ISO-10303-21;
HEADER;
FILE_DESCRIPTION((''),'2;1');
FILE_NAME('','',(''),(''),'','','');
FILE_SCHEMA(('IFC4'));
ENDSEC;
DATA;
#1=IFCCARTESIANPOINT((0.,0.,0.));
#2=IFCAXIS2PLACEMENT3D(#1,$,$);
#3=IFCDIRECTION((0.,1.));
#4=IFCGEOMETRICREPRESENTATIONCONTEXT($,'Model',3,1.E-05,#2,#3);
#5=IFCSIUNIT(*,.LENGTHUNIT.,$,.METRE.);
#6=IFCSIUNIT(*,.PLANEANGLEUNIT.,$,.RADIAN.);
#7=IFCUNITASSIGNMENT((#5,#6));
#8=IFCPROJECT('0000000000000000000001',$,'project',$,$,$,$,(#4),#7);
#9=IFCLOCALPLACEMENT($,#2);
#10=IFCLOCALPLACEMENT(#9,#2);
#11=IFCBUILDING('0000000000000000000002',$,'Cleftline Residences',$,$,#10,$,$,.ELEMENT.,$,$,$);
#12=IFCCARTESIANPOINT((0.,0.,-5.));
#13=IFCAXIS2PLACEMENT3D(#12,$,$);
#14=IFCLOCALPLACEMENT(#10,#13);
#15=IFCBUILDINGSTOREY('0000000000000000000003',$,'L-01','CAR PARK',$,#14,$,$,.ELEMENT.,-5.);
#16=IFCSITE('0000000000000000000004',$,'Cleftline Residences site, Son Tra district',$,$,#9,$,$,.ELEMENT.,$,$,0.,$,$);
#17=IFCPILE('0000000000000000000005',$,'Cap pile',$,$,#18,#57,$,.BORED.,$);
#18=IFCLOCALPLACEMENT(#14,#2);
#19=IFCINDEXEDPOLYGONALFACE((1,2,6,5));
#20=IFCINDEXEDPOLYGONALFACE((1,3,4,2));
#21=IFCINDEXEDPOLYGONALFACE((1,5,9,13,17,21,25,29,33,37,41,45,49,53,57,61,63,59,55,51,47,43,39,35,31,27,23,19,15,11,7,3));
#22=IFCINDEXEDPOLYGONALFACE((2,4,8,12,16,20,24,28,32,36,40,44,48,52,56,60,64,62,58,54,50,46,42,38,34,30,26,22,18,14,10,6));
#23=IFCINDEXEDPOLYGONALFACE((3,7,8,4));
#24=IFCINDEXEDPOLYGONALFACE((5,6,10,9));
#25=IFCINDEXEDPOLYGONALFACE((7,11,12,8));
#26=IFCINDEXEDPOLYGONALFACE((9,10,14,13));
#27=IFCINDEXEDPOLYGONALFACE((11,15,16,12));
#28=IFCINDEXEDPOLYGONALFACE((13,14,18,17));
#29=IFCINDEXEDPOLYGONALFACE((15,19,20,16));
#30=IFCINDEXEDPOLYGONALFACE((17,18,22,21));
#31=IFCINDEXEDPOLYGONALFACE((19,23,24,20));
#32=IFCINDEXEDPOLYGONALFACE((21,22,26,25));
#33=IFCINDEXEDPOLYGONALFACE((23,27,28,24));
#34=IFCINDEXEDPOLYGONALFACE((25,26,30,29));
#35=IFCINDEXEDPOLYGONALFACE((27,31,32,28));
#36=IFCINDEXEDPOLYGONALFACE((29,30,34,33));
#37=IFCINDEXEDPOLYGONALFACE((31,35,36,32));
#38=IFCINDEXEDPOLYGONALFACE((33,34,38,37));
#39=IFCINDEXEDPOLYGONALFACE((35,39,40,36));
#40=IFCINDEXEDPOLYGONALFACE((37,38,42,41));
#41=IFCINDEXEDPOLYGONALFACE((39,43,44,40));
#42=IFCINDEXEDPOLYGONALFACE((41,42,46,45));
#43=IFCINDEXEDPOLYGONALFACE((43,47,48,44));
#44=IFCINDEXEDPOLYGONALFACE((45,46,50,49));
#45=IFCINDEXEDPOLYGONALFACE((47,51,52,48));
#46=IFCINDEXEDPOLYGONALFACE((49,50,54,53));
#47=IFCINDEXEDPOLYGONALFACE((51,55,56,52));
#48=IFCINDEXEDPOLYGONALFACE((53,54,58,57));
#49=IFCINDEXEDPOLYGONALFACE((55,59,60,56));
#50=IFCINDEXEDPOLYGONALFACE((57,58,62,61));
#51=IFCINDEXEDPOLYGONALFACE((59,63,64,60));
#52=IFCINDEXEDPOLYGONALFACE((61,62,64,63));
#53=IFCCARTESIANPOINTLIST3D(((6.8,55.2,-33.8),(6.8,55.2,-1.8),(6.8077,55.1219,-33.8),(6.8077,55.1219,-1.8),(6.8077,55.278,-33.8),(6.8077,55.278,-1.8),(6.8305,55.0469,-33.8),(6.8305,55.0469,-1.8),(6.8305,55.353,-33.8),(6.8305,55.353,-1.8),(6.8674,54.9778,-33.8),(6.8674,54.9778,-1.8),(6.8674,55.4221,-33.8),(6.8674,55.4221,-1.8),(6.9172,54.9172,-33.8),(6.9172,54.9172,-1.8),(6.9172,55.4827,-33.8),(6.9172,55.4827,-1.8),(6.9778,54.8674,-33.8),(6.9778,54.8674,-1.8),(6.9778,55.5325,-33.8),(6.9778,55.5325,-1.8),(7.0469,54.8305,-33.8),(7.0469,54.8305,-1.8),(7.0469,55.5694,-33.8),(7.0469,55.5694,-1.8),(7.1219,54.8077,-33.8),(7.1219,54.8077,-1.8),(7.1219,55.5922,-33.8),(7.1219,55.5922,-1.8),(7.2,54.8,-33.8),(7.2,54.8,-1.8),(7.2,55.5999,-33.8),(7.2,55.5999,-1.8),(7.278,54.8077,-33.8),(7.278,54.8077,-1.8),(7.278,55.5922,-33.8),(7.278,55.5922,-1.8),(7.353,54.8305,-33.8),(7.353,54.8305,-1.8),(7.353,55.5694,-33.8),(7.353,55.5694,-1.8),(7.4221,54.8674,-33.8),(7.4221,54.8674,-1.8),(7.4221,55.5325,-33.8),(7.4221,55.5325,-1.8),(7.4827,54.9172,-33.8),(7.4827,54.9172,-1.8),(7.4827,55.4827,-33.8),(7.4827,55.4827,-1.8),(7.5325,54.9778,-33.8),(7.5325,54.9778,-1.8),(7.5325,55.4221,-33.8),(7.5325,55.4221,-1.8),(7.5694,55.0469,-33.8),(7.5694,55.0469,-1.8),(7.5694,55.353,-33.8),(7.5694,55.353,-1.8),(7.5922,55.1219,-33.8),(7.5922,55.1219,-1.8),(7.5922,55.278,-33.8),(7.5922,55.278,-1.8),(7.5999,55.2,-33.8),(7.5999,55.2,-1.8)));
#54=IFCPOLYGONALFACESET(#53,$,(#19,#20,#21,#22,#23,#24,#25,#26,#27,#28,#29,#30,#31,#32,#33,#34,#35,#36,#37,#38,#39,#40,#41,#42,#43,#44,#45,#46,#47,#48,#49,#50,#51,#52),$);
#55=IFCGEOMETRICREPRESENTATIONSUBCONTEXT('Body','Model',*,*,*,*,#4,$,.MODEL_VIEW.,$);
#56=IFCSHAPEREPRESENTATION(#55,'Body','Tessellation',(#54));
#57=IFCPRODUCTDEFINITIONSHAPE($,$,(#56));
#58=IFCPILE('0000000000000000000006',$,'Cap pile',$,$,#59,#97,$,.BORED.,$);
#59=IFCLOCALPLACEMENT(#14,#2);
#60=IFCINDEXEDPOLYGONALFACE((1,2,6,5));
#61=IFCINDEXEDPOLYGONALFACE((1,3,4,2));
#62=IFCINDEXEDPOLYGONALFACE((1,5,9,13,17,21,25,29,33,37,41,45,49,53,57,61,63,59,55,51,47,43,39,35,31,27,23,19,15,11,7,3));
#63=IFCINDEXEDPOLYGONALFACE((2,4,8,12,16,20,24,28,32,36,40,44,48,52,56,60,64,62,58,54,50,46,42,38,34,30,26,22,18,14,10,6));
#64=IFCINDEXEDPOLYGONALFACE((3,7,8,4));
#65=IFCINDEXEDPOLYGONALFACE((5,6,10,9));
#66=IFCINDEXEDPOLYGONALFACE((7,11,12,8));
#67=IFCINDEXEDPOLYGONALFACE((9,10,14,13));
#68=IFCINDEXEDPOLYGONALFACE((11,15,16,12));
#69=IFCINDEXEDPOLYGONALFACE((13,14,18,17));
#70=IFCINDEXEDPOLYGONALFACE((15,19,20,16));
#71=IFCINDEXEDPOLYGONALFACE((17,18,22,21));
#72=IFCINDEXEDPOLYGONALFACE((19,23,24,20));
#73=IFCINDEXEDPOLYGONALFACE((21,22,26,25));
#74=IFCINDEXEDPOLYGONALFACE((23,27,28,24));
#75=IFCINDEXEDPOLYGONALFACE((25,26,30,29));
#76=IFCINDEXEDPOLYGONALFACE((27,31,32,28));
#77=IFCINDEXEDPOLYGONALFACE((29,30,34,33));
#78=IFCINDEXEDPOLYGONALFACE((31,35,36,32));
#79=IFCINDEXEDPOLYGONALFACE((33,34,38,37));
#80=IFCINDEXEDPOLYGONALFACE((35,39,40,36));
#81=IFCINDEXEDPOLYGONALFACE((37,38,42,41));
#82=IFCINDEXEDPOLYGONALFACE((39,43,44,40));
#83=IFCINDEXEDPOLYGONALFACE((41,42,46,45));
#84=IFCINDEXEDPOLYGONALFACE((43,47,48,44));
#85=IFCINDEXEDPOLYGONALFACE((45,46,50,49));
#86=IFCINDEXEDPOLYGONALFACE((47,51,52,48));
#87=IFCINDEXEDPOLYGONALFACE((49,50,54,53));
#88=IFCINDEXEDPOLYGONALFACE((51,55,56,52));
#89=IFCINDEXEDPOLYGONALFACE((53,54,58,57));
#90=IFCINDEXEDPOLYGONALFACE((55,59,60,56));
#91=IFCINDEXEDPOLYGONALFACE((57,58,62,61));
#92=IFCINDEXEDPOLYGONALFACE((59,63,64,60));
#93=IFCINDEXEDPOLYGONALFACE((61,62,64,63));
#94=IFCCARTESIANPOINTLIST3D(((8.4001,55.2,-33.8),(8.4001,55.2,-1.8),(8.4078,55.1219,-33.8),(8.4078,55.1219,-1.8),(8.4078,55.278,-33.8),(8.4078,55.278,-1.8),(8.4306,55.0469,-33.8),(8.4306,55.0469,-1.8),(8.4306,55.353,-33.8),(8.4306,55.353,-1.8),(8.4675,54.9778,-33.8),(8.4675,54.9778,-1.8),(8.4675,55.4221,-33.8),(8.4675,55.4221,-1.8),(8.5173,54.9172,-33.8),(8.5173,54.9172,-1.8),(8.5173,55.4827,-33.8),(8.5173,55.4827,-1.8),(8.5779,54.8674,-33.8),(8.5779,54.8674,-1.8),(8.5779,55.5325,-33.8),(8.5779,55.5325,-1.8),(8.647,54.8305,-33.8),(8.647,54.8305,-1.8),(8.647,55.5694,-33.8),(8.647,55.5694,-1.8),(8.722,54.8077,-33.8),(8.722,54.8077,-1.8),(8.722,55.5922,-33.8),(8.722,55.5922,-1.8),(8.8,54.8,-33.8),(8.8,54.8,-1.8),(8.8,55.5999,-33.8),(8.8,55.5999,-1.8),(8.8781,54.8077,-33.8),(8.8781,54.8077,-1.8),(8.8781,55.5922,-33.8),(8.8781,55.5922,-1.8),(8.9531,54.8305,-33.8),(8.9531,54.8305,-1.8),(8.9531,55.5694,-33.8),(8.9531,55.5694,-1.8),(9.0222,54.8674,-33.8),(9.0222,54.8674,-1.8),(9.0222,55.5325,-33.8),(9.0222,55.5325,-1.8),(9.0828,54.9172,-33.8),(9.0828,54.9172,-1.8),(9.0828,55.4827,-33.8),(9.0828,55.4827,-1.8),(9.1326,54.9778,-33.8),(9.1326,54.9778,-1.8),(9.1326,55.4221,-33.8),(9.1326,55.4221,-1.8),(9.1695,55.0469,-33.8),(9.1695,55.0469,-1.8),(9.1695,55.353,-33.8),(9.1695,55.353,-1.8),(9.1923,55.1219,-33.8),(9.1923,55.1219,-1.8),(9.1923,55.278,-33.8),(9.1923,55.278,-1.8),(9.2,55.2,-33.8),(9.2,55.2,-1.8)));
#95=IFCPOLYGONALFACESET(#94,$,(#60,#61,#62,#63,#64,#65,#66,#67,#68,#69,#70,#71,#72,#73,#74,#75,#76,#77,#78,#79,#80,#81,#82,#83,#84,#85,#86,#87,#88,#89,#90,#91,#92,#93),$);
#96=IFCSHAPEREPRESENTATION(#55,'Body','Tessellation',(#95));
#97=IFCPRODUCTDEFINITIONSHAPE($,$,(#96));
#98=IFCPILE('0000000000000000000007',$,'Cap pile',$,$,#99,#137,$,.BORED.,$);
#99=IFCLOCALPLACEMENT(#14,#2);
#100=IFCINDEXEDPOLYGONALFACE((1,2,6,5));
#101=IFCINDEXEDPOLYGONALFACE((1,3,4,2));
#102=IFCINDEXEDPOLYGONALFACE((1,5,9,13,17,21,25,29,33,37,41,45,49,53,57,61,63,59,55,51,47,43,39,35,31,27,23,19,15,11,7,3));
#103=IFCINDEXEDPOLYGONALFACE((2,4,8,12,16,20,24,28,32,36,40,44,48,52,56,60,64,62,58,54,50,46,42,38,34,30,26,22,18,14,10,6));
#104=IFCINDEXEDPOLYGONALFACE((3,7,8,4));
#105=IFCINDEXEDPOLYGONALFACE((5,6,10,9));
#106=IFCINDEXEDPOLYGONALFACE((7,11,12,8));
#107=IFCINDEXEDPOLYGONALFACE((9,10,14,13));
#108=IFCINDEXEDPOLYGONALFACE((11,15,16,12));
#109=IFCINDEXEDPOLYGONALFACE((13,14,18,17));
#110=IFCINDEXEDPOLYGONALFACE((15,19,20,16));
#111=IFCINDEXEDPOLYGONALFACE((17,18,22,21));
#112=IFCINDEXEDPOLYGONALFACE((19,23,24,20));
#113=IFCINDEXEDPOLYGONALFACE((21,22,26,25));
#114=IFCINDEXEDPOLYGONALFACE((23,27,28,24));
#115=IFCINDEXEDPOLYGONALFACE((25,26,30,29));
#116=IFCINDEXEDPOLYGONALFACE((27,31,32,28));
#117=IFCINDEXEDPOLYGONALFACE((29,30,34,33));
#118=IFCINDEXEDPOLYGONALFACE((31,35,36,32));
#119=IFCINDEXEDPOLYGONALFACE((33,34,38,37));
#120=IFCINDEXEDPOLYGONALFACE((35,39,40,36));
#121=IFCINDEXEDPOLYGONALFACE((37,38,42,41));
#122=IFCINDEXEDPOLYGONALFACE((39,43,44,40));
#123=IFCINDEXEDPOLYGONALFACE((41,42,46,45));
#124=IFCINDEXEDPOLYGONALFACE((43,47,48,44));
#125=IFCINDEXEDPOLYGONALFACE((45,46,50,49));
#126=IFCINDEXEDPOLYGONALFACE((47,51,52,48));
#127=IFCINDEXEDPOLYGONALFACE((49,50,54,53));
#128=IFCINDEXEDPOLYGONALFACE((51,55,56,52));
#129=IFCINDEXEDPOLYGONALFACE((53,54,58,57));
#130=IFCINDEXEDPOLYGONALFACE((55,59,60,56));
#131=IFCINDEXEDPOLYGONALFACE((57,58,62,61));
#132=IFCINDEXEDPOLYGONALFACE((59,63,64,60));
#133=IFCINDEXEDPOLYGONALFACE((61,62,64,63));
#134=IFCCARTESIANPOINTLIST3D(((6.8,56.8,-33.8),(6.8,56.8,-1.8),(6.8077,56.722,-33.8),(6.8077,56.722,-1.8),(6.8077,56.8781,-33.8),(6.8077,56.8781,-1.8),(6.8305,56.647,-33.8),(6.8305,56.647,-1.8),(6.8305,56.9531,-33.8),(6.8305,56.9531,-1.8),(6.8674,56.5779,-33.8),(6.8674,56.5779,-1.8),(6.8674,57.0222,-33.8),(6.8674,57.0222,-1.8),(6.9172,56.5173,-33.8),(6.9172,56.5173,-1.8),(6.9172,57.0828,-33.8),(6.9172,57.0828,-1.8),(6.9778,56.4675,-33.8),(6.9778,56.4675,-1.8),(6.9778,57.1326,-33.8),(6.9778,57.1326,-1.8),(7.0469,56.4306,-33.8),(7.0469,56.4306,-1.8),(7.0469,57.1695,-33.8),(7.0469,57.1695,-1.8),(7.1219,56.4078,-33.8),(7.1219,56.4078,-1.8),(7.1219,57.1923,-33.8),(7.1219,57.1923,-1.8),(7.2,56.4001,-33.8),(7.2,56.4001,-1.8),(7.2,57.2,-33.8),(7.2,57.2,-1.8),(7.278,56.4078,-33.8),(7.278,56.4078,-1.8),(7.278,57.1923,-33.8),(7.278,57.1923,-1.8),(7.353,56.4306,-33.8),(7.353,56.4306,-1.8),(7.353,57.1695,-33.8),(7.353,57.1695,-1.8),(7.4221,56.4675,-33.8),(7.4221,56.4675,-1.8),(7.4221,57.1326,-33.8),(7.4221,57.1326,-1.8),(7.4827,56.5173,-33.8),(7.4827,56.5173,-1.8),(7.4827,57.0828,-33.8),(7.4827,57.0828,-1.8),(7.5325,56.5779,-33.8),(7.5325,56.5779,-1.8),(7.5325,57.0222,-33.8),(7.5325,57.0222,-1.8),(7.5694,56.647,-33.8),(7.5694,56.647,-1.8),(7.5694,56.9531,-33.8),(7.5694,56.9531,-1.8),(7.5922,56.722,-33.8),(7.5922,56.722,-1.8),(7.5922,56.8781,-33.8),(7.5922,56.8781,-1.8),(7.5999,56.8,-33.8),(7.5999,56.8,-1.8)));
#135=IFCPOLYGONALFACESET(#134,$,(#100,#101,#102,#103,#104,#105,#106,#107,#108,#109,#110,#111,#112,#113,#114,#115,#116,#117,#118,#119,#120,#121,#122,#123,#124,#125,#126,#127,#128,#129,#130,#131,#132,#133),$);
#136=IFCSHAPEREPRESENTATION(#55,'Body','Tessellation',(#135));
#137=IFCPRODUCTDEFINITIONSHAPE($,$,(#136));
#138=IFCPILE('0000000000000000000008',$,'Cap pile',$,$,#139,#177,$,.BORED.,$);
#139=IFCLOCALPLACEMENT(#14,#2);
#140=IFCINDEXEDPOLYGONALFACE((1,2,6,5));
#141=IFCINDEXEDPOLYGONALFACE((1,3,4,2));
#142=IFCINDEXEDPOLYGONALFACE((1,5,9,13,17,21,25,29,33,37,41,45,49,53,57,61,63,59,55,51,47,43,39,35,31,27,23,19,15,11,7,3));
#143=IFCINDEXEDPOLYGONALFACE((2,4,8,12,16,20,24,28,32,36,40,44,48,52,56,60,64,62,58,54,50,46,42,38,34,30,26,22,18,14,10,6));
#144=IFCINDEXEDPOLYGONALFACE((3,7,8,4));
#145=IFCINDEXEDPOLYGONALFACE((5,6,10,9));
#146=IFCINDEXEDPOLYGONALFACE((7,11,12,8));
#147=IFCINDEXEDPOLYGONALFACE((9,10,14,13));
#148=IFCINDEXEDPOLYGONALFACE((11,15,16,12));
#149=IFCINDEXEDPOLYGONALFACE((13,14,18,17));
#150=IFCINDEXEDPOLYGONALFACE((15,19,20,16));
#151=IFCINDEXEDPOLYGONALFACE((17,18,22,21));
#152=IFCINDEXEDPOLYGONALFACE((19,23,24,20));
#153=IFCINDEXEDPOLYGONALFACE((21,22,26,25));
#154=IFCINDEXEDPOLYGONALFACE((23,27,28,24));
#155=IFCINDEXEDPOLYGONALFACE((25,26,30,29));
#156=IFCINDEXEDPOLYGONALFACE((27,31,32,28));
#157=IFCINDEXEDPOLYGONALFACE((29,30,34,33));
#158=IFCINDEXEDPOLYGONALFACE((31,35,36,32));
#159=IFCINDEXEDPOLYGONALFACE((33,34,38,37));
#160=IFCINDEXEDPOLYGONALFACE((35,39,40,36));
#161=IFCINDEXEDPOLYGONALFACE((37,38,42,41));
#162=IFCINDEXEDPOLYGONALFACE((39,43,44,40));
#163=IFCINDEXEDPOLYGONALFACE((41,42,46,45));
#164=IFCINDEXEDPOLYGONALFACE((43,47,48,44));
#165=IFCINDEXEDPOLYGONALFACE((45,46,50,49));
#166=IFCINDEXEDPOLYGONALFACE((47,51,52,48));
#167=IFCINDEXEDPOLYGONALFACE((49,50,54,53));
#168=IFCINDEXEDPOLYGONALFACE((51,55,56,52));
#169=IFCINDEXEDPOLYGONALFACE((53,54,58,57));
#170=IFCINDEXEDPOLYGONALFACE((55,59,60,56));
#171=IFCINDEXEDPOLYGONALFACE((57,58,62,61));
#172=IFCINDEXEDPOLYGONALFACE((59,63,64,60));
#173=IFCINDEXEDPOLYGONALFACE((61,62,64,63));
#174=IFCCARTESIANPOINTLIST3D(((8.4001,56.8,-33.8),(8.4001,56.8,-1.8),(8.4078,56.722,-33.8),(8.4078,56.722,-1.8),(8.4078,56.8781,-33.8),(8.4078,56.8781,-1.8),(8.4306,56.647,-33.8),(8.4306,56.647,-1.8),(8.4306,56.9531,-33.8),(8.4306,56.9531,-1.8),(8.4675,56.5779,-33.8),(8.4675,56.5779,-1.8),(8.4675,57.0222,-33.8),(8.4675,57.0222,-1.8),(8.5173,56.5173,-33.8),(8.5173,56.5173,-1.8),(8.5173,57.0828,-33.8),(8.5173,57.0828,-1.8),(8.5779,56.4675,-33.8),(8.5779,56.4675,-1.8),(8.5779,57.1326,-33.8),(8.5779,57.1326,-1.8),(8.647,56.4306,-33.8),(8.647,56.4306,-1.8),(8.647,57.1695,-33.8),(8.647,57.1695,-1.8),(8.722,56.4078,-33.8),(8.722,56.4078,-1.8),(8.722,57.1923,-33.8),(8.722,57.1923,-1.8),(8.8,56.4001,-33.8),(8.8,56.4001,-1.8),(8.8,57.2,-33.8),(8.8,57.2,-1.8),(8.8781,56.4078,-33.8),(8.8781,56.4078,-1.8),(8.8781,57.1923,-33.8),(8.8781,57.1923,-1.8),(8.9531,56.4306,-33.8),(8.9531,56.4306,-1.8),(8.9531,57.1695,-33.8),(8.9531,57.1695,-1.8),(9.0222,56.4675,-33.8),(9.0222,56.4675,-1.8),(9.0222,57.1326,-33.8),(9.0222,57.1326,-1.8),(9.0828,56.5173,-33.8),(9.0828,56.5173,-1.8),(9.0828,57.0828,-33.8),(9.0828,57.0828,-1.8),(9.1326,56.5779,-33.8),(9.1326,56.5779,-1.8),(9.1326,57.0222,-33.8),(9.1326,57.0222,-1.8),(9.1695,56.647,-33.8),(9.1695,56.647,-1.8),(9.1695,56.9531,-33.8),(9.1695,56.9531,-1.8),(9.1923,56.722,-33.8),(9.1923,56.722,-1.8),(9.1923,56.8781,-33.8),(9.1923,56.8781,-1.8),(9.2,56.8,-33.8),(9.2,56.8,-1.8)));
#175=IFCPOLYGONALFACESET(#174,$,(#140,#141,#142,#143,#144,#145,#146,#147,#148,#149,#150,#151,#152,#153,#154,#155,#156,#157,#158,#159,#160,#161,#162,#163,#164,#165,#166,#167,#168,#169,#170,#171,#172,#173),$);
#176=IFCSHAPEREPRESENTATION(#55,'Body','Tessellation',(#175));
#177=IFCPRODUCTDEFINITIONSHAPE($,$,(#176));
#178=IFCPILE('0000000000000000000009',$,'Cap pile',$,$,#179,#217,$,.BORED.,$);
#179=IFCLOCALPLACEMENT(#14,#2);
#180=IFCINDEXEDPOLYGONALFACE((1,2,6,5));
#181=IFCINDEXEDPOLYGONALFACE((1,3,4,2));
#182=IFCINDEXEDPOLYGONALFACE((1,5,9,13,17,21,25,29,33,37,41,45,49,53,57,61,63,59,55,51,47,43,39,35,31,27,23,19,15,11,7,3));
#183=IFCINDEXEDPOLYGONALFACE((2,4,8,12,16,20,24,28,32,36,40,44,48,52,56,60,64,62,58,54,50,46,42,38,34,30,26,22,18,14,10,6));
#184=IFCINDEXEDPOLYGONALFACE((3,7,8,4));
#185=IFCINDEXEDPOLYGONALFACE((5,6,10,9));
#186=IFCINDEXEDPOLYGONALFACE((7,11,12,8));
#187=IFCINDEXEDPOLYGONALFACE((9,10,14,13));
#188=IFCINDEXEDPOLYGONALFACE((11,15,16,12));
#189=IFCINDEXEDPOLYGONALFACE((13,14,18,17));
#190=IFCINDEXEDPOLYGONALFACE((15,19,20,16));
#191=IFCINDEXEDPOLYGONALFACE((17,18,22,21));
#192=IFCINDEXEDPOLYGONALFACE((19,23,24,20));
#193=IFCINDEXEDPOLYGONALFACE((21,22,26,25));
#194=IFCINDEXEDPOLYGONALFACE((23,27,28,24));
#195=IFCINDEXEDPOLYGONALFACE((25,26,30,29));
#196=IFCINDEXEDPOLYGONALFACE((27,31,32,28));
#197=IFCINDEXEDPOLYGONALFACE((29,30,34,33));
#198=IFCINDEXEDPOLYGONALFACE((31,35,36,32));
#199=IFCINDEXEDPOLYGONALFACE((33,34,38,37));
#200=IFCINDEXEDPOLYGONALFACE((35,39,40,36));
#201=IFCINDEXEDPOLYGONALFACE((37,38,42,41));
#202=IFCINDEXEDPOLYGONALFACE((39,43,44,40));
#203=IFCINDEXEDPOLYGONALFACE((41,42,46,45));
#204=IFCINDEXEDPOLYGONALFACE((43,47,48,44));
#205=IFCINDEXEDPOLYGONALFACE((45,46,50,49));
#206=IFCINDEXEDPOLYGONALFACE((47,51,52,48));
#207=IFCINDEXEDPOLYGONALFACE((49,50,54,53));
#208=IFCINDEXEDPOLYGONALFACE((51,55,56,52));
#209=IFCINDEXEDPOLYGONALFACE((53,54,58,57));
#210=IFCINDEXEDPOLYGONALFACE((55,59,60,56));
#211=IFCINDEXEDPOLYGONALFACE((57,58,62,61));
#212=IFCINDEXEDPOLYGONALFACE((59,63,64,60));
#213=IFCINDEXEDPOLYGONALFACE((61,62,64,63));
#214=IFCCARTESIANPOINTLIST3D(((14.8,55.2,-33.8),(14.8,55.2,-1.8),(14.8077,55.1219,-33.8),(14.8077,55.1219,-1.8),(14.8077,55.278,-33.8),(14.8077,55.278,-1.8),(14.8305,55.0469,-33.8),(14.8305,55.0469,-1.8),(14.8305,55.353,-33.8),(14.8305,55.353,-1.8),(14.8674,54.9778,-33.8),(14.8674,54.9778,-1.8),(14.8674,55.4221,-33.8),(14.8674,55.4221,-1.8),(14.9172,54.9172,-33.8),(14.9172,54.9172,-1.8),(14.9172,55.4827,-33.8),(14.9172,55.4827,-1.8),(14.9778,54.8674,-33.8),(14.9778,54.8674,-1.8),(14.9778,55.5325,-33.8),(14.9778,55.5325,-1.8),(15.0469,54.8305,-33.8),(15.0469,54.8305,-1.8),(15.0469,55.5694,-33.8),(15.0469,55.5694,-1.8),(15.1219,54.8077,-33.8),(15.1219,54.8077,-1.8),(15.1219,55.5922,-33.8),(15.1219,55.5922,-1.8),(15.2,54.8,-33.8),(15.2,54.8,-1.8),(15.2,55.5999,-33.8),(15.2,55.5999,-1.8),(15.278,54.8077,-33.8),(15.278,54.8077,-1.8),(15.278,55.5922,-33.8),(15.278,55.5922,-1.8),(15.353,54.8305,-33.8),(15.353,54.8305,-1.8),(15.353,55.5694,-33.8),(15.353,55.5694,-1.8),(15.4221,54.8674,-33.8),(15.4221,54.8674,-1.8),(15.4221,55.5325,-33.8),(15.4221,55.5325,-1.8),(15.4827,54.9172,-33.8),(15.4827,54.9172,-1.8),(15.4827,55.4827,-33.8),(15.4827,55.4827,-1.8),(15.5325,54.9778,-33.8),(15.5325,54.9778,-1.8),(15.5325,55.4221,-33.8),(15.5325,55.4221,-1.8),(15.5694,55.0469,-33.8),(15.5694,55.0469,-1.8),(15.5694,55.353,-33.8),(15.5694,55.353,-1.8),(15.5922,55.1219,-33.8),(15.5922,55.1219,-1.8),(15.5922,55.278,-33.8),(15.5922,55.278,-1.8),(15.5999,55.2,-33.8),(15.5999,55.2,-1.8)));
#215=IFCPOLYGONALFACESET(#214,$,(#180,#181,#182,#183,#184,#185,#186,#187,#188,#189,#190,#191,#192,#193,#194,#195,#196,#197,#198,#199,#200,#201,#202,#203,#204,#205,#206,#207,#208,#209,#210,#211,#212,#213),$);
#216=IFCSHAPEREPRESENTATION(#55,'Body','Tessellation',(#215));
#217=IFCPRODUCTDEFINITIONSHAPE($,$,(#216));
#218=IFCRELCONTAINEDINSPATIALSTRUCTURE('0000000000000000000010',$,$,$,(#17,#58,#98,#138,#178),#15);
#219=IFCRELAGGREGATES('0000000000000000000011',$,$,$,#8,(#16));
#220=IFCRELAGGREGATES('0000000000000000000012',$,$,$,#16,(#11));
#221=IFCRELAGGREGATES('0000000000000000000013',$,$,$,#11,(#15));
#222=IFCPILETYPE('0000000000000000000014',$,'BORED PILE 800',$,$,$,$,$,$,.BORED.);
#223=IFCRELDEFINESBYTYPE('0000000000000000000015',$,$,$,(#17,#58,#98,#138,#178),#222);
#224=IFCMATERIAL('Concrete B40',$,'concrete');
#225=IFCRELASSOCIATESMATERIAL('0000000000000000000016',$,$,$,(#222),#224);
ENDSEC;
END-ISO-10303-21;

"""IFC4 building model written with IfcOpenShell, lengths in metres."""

from ifc_helpers import new_model, si_unit, direction, frame, origin, origin_2d, place, context, subcontext, project, spatial, circle, extrude, material, material_profile, profile_set, type_object, element, save


model = new_model("IFC4")

# Units and contexts
model_context = context("Model", 3, precision=1e-05, world=origin(), true_north=direction((0.0, 1.0)))
body_context = subcontext(model_context, "Body", "Model", "MODEL_VIEW")
ifc_project = project(units=[si_unit("LENGTHUNIT", "METRE"), si_unit("PLANEANGLEUNIT", "RADIAN")], contexts=[model_context])

# Site, building, storey
site_placement = place(None, origin())
site = spatial("IfcSite", under=ifc_project, at=site_placement, Name="Cleftline Residences site, Son Tra district", CompositionType="ELEMENT", RefElevation=0.0)
building_placement = place(site_placement, origin())
building = spatial("IfcBuilding", under=site, at=building_placement, Name="Cleftline Residences", CompositionType="ELEMENT")
storey_placement = place(building_placement, frame((0.0, 0.0, -5.0)))
storey = spatial("IfcBuildingStorey", under=building, at=storey_placement, Name="L-01", Description="CAR PARK", CompositionType="ELEMENT", Elevation=-5.0)

# Piles
ifc_material_1 = material(Name="Concrete B40", Category="concrete")
ifc_material_profile_1 = material_profile(ifc_material_1, circle(Radius=0.3999, at=origin_2d()))
ifc_profile_set_1 = profile_set([ifc_material_profile_1], Name="Concrete B40")
pile_type_1 = type_object("IfcPileType", Name="BORED PILE 800", PredefinedType="BORED", material=ifc_profile_set_1)
for number, where, z_axis, x_axis, name in (
    (1, (7.2, 55.2, -1.8), (0.0, 0.0, -1.0), (1.0, 0.0, 0.0), "Cap pile"),
    (2, (8.8, 55.2, -1.8), (0.0, 0.0, -1.0), (1.0, 0.0, 0.0), "Cap pile"),
    (3, (7.2, 56.8, -1.8), (0.0, 0.0, -1.0), (1.0, 0.0, 0.0), "Cap pile"),
    (4, (8.8, 56.8, -1.8), (0.0, 0.0, -1.0), (1.0, 0.0, 0.0), "Cap pile"),
    (5, (15.2, 55.2, -1.8), (0.0, 0.0, -1.0), (1.0, 0.0, 0.0), "Cap pile"),
):
    element("IfcPile", number, at=place(storey_placement, frame(where, z_axis=z_axis, x_axis=x_axis)), inside=storey, type_object=pile_type_1, Name=name, PredefinedType="BORED", context=body_context, shape_type="SweptSolid", body=[
        extrude(circle(Radius=0.3999, at=origin_2d()), origin(), (0.0, 0.0, 1.0), 32.0),
    ])

save(model, "model.ifc")
